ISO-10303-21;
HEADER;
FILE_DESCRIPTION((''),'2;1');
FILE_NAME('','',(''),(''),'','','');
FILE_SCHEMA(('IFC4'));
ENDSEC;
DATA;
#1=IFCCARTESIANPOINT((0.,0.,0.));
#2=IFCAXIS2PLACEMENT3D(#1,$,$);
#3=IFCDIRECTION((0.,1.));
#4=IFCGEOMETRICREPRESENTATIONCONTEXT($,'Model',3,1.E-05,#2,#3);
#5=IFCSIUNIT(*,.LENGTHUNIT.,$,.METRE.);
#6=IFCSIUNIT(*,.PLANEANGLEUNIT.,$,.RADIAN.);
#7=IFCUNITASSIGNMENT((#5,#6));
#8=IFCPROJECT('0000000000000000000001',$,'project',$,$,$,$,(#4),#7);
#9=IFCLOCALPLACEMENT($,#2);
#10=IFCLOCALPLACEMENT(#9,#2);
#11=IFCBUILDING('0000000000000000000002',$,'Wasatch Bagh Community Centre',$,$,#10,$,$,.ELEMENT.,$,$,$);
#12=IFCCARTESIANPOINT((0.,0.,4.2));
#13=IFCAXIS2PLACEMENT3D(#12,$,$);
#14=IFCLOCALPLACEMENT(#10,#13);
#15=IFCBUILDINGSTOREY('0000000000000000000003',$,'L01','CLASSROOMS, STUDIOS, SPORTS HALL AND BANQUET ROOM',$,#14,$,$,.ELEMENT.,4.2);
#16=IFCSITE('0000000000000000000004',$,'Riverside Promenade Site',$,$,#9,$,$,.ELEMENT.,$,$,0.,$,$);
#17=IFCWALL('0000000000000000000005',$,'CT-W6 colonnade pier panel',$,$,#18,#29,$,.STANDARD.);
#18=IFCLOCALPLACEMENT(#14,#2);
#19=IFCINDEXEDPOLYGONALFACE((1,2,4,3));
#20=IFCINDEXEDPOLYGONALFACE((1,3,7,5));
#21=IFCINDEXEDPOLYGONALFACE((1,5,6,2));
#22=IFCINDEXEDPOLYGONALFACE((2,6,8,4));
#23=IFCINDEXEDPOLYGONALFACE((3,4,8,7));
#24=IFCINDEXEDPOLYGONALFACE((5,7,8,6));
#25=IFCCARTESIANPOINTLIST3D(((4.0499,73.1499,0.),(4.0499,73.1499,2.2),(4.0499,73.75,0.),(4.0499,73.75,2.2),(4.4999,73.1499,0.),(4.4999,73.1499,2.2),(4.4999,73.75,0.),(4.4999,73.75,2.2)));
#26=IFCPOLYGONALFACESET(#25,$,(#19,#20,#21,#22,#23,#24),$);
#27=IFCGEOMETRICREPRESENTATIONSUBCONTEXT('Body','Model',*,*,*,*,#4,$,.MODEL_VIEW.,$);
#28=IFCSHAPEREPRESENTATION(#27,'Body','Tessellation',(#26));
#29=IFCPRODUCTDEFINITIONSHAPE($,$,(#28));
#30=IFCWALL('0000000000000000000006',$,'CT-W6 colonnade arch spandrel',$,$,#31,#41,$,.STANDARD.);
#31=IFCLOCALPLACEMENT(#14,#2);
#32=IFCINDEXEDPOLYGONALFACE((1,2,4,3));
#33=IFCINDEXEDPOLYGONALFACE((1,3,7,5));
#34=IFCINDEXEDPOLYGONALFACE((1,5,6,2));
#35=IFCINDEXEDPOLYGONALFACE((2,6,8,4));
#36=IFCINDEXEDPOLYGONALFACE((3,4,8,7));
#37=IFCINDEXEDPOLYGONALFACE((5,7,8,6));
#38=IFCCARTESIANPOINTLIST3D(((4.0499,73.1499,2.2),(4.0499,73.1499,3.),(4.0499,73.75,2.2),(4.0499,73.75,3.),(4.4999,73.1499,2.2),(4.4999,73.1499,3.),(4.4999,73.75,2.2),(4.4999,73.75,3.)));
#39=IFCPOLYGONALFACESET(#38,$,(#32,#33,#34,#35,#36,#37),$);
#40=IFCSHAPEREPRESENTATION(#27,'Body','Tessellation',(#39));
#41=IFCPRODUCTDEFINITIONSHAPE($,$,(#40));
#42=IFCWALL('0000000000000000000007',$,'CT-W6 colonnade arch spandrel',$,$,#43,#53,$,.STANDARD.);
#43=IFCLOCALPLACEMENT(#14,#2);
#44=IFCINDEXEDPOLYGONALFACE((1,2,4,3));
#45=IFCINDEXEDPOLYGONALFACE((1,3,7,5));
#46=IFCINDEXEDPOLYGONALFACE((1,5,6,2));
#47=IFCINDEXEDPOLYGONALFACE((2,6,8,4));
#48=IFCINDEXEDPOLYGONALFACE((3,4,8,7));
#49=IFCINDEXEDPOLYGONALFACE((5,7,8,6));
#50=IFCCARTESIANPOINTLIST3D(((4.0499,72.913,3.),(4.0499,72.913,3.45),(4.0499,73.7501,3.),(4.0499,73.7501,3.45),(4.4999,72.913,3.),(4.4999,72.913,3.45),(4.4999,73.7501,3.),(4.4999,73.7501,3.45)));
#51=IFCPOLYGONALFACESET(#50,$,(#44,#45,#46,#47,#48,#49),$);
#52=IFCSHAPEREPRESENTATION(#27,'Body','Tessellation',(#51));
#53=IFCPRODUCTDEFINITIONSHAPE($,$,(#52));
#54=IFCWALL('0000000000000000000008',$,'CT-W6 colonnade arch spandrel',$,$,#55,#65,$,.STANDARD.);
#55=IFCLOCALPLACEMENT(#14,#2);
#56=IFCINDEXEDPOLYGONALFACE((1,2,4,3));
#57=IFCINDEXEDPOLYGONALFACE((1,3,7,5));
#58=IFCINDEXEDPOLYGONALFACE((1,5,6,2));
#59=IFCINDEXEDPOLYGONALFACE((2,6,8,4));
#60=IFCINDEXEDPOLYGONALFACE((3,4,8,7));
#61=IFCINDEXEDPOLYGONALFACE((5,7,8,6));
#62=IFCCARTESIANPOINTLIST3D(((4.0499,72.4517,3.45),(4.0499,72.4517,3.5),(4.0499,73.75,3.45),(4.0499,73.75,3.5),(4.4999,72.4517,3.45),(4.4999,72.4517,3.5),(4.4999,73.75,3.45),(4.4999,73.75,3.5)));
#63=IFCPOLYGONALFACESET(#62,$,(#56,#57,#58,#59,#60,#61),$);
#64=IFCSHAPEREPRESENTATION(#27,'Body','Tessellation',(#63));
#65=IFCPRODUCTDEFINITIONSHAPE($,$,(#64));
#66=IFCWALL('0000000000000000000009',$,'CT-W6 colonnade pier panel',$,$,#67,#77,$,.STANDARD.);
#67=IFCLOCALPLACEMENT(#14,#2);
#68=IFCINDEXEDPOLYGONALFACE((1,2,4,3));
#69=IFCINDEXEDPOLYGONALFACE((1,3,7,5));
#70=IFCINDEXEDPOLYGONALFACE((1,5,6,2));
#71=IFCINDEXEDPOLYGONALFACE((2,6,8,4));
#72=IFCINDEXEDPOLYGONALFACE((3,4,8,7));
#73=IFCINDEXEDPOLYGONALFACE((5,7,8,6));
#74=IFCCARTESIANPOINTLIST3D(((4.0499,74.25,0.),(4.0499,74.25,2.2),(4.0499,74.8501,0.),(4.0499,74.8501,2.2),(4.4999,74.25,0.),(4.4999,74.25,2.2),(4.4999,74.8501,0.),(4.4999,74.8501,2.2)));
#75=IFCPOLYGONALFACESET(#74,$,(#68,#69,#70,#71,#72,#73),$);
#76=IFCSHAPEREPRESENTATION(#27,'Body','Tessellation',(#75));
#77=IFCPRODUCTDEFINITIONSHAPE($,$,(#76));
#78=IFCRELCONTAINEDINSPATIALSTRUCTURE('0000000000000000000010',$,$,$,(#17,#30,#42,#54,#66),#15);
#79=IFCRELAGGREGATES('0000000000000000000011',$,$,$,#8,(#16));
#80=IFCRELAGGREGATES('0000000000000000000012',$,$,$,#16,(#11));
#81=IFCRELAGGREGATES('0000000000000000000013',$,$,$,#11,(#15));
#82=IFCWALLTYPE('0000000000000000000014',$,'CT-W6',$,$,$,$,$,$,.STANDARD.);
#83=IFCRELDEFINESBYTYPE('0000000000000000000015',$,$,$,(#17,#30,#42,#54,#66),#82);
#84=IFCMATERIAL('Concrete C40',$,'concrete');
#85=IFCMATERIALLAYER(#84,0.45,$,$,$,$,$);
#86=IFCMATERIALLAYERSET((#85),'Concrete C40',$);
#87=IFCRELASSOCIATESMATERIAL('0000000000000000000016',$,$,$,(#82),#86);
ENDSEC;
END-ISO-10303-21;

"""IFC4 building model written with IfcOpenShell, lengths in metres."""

from ifc_helpers import new_model, si_unit, direction, frame, frame_2d, origin, place, context, subcontext, project, spatial, rectangle, extrude, material, layer, layer_set, type_object, element, save


model = new_model("IFC4")

# Units and contexts
model_context = context("Model", 3, precision=1e-05, world=origin(), true_north=direction((0.0, 1.0)))
body_context = subcontext(model_context, "Body", "Model", "MODEL_VIEW")
ifc_project = project(units=[si_unit("LENGTHUNIT", "METRE"), si_unit("PLANEANGLEUNIT", "RADIAN")], contexts=[model_context])

# Site, building, storey
site_placement = place(None, origin())
site = spatial("IfcSite", under=ifc_project, at=site_placement, Name="Riverside Promenade Site", CompositionType="ELEMENT", RefElevation=0.0)
building_placement = place(site_placement, origin())
building = spatial("IfcBuilding", under=site, at=building_placement, Name="Wasatch Bagh Community Centre", CompositionType="ELEMENT")
storey_placement = place(building_placement, frame((0.0, 0.0, 4.2)))
storey = spatial("IfcBuildingStorey", under=building, at=storey_placement, Name="L01", Description="CLASSROOMS, STUDIOS, SPORTS HALL AND BANQUET ROOM", CompositionType="ELEMENT", Elevation=4.2)

# Shared definitions
ifc_material_1 = material(Name="Concrete C40", Category="concrete")

# Walls
ifc_layer_1 = layer(ifc_material_1, 0.45)
ifc_layer_set_1 = layer_set([ifc_layer_1], Name="Concrete C40")
wall_type_1 = type_object("IfcWallType", Name="CT-W6", PredefinedType="STANDARD", material=ifc_layer_set_1)
wall_1_placement = place(storey_placement, frame((4.2749, 73.75, 0.0), z_axis=(0.0, 0.0, 1.0), x_axis=(0.0, -1.0, 0.0)))
element("IfcWall", 1, at=wall_1_placement, inside=storey, type_object=wall_type_1, Name="CT-W6 colonnade pier panel", PredefinedType="STANDARD", context=body_context, shape_type="SweptSolid", body=[
    extrude(rectangle(XDim=0.6001, YDim=0.45, at=frame_2d((0.3, 0.0))), origin(), (0.0, 0.0, 1.0), 2.2),
])
wall_2_placement = place(storey_placement, frame((4.2749, 73.75, 2.2), z_axis=(0.0, 0.0, 1.0), x_axis=(0.0, -1.0, 0.0)))
element("IfcWall", 2, at=wall_2_placement, inside=storey, type_object=wall_type_1, Name="CT-W6 colonnade arch spandrel", PredefinedType="STANDARD", context=body_context, shape_type="SweptSolid", body=[
    extrude(rectangle(XDim=0.6001, YDim=0.45, at=frame_2d((0.3, 0.0))), origin(), (0.0, 0.0, 1.0), 0.8),
])
wall_3_placement = place(storey_placement, frame((4.2749, 73.75, 3.0), z_axis=(0.0, 0.0, 1.0), x_axis=(0.0, -1.0, 0.0)))
element("IfcWall", 3, at=wall_3_placement, inside=storey, type_object=wall_type_1, Name="CT-W6 colonnade arch spandrel", PredefinedType="STANDARD", context=body_context, shape_type="SweptSolid", body=[
    extrude(rectangle(XDim=0.8372, YDim=0.45, at=frame_2d((0.4185, 0.0))), origin(), (0.0, 0.0, 1.0), 0.45),
])
wall_4_placement = place(storey_placement, frame((4.2749, 73.75, 3.45), z_axis=(0.0, 0.0, 1.0), x_axis=(0.0, -1.0, 0.0)))
element("IfcWall", 4, at=wall_4_placement, inside=storey, type_object=wall_type_1, Name="CT-W6 colonnade arch spandrel", PredefinedType="STANDARD", context=body_context, shape_type="SweptSolid", body=[
    extrude(rectangle(XDim=1.2983, YDim=0.45, at=frame_2d((0.6492, 0.0))), origin(), (0.0, 0.0, 1.0), 0.05),
])
wall_5_placement = place(storey_placement, frame((4.2749, 74.25, 0.0), z_axis=(0.0, 0.0, 1.0), x_axis=(0.0, 1.0, 0.0)))
element("IfcWall", 5, at=wall_5_placement, inside=storey, type_object=wall_type_1, Name="CT-W6 colonnade pier panel", PredefinedType="STANDARD", context=body_context, shape_type="SweptSolid", body=[
    extrude(rectangle(XDim=0.6001, YDim=0.45, at=frame_2d((0.3, 0.0))), origin(), (0.0, 0.0, 1.0), 2.2),
])

save(model, "model.ifc")
